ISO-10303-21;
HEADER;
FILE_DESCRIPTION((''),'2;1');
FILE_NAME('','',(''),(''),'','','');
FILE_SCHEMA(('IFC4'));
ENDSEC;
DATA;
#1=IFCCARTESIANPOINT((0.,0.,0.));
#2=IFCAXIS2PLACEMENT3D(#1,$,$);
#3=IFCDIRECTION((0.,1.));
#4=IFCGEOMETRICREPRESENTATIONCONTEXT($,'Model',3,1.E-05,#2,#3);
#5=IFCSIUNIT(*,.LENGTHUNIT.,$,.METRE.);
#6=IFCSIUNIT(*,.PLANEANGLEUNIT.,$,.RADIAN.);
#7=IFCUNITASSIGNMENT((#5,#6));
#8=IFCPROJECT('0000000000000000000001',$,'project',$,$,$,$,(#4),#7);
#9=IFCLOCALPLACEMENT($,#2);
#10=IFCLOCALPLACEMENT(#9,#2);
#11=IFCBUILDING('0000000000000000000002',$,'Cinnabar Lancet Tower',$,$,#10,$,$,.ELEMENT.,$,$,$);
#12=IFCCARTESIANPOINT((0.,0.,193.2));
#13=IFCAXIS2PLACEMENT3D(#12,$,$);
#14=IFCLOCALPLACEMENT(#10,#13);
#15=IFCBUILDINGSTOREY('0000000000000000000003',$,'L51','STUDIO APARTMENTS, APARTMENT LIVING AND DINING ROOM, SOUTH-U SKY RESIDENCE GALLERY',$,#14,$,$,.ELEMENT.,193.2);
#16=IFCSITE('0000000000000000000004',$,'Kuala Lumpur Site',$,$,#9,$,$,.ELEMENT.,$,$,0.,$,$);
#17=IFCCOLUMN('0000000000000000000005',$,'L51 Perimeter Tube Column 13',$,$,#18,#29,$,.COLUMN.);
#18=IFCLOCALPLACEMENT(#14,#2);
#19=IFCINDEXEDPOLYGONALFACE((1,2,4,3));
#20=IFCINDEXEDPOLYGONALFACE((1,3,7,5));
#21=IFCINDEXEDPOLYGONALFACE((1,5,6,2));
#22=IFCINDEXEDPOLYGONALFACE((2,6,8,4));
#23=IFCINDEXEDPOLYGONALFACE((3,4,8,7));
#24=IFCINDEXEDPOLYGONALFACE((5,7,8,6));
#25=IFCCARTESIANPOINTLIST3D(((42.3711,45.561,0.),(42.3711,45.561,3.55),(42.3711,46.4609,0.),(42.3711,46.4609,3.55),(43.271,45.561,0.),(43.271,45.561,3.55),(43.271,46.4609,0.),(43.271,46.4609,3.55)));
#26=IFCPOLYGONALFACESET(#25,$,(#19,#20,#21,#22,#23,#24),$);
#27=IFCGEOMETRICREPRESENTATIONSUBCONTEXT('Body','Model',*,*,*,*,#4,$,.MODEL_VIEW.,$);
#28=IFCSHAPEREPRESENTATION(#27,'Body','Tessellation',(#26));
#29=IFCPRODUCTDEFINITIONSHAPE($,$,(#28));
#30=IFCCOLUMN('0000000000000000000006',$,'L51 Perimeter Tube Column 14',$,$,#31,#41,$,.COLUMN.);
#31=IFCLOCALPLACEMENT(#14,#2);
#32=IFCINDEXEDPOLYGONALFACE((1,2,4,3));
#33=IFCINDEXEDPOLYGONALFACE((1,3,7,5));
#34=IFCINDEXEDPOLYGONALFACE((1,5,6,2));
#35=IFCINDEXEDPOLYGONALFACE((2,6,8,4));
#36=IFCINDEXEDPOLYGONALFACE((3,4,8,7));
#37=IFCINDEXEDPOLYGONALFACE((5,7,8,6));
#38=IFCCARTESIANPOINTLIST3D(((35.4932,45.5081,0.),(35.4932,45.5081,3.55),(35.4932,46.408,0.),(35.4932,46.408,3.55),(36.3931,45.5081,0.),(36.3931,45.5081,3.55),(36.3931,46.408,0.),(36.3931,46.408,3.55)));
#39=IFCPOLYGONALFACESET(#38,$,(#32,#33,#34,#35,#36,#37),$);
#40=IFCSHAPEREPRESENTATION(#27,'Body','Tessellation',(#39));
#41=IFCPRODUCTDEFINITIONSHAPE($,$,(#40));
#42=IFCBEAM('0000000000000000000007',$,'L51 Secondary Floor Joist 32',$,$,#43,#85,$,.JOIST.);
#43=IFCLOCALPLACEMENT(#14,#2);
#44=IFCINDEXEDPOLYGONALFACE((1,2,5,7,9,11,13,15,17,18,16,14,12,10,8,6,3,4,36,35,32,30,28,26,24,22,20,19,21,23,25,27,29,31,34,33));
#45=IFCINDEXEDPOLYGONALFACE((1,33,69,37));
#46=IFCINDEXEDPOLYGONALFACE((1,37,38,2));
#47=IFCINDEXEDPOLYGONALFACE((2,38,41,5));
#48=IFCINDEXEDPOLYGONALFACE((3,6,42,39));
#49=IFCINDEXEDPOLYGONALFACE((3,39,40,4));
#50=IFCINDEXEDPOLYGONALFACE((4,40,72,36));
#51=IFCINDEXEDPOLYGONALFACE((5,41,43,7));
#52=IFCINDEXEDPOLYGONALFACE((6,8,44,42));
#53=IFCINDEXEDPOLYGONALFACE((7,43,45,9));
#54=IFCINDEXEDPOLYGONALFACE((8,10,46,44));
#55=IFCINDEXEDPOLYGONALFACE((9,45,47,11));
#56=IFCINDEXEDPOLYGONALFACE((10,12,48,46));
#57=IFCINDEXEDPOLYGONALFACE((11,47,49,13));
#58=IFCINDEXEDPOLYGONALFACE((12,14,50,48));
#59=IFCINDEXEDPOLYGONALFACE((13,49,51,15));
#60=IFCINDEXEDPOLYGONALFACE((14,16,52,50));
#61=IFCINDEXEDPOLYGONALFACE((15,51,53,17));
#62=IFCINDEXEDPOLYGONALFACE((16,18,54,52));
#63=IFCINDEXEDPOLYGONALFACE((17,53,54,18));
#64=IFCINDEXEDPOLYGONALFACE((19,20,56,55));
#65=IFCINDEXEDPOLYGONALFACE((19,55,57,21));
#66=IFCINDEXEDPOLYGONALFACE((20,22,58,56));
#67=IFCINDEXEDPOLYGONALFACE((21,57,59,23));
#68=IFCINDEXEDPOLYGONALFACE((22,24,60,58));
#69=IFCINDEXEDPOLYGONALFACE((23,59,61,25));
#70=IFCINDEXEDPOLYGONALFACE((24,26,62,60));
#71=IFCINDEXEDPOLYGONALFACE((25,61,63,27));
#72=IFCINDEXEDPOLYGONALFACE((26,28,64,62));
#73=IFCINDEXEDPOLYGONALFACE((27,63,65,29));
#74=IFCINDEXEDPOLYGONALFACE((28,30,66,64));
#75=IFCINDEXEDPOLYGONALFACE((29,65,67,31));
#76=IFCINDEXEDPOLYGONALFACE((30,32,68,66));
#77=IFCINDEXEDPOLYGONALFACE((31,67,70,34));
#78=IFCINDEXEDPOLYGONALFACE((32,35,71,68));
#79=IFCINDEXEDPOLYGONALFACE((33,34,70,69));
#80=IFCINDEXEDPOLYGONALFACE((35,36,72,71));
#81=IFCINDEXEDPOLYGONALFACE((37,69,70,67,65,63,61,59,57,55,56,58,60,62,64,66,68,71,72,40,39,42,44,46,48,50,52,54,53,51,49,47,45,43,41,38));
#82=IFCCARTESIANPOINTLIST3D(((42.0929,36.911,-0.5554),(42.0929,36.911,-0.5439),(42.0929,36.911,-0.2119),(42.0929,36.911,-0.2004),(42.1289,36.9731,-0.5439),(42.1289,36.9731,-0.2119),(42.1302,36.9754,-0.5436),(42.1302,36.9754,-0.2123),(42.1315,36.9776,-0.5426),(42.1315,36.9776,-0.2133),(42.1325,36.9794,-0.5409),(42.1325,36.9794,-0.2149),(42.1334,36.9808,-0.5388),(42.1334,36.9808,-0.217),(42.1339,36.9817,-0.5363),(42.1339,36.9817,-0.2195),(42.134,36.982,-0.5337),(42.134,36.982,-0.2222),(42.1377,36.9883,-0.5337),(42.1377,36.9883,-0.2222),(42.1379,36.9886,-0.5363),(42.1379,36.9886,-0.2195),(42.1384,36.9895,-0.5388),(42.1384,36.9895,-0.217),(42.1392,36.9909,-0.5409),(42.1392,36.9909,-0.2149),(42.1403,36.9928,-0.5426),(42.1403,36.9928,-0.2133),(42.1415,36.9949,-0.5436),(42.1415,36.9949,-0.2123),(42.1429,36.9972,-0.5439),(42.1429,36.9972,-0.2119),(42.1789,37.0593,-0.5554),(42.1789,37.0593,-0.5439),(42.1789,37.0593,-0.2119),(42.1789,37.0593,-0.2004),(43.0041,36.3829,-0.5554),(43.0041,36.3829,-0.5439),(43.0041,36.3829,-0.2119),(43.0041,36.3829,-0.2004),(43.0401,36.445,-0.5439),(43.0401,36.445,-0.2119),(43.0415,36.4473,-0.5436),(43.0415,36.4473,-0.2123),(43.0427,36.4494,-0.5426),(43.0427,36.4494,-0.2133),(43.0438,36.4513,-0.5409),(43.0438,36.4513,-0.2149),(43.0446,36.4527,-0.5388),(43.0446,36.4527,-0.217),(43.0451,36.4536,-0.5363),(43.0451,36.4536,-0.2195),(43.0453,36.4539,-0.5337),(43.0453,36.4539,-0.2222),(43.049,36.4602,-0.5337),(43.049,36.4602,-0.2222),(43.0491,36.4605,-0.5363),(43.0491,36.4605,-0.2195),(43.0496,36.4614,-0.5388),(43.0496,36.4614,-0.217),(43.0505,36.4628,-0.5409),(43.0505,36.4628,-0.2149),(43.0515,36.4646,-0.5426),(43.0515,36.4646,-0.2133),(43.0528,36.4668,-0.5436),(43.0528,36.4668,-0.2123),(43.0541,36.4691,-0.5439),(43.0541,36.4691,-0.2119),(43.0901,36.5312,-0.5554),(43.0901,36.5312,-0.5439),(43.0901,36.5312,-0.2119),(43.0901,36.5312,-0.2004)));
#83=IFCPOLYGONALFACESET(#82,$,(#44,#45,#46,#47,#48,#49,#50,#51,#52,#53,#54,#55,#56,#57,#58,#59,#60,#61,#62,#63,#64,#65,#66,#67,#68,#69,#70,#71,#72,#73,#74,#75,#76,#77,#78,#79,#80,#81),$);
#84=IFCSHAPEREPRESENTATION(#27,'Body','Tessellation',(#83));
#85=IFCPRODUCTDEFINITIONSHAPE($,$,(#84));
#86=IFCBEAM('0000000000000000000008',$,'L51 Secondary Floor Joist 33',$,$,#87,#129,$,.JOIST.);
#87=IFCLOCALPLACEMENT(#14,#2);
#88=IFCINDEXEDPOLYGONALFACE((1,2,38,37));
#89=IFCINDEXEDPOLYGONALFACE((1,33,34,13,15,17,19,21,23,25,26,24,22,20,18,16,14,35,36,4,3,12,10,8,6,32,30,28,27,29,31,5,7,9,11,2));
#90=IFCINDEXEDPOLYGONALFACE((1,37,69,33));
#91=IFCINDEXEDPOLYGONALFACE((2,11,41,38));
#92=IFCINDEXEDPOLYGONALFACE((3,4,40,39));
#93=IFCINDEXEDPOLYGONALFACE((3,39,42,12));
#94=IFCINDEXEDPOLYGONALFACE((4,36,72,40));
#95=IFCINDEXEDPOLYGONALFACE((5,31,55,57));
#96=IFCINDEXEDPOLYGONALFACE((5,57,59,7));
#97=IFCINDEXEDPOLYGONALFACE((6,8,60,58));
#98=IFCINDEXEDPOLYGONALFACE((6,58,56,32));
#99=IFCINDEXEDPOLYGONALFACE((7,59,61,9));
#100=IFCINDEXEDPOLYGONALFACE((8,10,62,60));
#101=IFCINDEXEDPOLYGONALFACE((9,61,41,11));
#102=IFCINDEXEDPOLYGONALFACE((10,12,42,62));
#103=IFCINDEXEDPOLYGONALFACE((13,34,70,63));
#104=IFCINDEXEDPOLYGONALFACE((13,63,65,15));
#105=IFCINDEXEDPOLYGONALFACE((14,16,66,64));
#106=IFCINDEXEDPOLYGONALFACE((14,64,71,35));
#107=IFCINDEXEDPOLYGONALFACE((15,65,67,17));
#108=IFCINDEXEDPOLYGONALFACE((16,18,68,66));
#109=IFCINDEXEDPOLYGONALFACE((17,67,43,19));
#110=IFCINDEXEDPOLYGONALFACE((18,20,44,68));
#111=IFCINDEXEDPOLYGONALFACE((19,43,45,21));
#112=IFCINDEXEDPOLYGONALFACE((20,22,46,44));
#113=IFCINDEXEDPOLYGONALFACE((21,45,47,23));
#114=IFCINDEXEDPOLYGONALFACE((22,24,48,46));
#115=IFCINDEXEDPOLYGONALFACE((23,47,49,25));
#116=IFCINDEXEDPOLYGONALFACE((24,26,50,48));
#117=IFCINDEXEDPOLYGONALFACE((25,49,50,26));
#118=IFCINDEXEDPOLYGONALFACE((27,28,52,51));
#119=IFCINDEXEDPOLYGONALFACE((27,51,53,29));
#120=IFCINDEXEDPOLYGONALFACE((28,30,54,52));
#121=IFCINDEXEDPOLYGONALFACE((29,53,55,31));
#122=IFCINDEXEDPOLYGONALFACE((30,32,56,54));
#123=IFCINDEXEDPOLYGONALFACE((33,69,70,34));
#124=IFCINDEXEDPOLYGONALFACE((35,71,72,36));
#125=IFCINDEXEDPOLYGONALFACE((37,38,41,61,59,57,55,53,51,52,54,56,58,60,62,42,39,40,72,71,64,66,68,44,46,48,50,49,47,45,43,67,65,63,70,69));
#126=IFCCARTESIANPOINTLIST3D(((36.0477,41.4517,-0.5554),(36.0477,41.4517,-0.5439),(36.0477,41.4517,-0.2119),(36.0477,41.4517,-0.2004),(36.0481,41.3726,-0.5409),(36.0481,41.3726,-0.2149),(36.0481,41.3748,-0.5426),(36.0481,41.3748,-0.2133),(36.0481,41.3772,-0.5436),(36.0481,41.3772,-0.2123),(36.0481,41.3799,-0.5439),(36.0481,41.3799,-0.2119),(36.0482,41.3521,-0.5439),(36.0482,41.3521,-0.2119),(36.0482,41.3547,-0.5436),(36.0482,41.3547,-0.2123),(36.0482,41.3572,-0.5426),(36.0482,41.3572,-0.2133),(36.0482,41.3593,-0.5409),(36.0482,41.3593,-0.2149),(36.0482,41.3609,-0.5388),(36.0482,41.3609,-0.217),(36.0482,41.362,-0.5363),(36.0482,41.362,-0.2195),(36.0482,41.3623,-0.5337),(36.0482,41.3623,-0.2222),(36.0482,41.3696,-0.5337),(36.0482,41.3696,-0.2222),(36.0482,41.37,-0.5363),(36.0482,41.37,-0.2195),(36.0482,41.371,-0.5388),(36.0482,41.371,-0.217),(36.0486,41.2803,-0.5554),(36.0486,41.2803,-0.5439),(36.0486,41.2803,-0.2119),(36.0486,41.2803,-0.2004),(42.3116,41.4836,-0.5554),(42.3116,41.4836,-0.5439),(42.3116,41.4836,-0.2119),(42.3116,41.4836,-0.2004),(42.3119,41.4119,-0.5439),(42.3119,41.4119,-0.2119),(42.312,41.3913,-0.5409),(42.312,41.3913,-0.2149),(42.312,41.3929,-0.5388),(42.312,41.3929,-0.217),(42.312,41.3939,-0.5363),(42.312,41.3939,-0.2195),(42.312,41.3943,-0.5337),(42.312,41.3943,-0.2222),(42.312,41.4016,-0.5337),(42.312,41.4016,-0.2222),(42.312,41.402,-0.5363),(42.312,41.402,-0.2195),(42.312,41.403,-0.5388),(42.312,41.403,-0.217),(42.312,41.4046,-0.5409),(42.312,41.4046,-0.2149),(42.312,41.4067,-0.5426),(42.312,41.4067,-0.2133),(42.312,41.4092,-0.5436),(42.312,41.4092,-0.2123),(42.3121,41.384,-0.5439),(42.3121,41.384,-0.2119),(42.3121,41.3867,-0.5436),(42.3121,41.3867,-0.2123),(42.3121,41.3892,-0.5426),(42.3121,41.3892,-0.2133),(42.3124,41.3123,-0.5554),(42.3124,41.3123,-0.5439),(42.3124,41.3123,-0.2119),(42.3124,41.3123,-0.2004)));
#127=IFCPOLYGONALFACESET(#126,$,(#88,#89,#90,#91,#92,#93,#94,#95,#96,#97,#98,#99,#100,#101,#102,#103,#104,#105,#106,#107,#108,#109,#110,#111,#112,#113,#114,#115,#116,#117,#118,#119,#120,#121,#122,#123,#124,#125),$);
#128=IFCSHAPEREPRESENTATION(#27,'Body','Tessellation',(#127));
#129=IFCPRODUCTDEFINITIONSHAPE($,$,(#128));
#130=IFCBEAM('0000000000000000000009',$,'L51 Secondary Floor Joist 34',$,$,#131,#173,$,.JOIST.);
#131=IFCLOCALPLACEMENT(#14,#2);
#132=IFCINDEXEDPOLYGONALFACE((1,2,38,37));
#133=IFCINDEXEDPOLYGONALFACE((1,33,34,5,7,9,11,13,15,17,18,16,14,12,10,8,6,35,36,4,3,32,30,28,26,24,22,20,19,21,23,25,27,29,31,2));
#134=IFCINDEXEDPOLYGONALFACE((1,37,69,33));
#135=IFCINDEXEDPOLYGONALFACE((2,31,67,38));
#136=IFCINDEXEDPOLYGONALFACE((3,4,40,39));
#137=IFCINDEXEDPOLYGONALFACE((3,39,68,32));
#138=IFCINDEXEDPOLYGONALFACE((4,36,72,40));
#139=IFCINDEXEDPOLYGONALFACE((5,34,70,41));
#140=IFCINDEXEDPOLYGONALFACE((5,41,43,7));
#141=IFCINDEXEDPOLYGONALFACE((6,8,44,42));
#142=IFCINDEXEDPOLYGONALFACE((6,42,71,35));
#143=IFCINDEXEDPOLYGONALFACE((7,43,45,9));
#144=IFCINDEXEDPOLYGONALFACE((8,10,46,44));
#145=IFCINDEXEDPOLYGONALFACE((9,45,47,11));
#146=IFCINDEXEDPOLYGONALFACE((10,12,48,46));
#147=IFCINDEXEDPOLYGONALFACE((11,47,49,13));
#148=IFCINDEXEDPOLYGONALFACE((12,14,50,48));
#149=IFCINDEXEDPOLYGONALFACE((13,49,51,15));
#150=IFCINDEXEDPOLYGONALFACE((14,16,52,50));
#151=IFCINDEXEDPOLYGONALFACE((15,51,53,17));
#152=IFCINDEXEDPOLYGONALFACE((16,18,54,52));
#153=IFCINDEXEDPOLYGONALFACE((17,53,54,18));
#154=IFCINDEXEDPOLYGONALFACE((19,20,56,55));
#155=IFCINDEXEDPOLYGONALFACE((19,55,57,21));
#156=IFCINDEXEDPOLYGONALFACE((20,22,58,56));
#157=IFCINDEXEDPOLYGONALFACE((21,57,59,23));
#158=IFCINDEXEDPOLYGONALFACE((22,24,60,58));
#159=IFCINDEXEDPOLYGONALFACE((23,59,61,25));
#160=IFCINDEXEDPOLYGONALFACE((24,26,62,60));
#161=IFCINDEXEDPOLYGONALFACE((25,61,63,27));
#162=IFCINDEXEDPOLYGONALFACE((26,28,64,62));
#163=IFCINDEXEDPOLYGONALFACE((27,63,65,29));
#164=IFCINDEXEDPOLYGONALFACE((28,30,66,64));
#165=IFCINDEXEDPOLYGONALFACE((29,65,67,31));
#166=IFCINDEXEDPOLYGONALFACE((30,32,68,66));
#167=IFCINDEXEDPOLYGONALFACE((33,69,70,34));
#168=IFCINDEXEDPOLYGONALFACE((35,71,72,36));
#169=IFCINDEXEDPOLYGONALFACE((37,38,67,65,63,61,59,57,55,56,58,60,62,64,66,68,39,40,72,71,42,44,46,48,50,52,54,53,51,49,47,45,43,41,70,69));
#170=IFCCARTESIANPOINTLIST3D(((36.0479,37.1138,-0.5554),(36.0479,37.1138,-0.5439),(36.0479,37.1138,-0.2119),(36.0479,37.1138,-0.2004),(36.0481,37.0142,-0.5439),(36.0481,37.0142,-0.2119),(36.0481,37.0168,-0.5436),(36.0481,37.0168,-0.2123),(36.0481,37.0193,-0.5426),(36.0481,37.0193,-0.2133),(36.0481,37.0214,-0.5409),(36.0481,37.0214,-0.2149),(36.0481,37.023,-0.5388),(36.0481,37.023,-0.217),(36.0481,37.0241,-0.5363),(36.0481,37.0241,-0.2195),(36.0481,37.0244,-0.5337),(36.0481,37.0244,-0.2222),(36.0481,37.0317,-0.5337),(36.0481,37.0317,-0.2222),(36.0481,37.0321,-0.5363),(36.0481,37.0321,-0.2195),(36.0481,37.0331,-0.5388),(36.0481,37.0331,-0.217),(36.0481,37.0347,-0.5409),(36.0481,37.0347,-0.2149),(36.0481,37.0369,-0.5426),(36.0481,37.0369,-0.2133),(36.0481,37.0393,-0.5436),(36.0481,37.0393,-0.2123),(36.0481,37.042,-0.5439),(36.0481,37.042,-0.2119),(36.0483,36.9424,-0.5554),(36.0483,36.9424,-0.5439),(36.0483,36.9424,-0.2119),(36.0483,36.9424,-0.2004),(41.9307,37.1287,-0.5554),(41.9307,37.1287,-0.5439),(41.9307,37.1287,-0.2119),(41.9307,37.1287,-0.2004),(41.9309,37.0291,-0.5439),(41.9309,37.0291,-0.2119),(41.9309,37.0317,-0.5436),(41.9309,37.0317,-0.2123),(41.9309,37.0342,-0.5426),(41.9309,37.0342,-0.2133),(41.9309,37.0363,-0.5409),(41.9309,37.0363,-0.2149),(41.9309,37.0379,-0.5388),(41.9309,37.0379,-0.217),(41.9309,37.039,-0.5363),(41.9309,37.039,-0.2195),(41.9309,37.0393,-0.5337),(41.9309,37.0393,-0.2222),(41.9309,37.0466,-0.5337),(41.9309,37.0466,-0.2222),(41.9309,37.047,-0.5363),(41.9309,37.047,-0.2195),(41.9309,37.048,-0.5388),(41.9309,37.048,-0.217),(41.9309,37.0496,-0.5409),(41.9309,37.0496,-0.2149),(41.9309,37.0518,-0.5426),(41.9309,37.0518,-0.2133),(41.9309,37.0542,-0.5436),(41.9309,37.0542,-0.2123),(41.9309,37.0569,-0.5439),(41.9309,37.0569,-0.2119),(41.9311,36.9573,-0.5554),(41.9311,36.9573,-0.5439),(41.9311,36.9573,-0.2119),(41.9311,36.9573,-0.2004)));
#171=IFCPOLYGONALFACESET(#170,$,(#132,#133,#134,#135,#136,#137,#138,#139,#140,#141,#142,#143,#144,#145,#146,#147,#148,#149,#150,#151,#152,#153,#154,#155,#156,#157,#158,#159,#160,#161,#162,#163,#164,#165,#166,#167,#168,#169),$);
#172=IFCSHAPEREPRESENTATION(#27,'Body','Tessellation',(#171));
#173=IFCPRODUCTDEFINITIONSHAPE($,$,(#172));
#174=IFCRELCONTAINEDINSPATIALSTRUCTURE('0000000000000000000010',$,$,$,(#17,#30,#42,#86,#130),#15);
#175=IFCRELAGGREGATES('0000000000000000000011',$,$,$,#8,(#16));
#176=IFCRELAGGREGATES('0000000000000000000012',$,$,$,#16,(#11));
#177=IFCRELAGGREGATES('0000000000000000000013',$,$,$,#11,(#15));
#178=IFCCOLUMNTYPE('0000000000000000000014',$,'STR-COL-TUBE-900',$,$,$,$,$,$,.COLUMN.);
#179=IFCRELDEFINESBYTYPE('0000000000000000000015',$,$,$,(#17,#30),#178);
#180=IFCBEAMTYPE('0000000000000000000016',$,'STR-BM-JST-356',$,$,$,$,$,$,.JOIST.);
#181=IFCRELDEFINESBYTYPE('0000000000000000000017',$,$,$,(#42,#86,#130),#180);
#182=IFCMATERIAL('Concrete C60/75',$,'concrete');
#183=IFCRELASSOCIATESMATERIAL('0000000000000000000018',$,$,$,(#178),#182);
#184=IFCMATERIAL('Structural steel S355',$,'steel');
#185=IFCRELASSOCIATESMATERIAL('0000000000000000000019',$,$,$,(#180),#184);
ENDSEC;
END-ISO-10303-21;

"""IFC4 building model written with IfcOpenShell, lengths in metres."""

from ifc_helpers import new_model, si_unit, direction, frame, origin, origin_2d, place, context, subcontext, project, spatial, rectangle, i_section, extrude, material, material_profile, profile_set, type_object, element, save


model = new_model("IFC4")

# Units and contexts
model_context = context("Model", 3, precision=1e-05, world=origin(), true_north=direction((0.0, 1.0)))
body_context = subcontext(model_context, "Body", "Model", "MODEL_VIEW")
ifc_project = project(units=[si_unit("LENGTHUNIT", "METRE"), si_unit("PLANEANGLEUNIT", "RADIAN")], contexts=[model_context])

# Site, building, storey
site_placement = place(None, origin())
site = spatial("IfcSite", under=ifc_project, at=site_placement, Name="Kuala Lumpur Site", CompositionType="ELEMENT", RefElevation=0.0)
building_placement = place(site_placement, origin())
building = spatial("IfcBuilding", under=site, at=building_placement, Name="Cinnabar Lancet Tower", CompositionType="ELEMENT")
storey_placement = place(building_placement, frame((0.0, 0.0, 193.2)))
storey = spatial("IfcBuildingStorey", under=building, at=storey_placement, Name="L51", Description="STUDIO APARTMENTS, APARTMENT LIVING AND DINING ROOM, SOUTH-U SKY RESIDENCE GALLERY", CompositionType="ELEMENT", Elevation=193.2)

# Columns
ifc_material_1 = material(Name="Concrete C60/75", Category="concrete")
ifc_material_profile_1 = material_profile(ifc_material_1, rectangle(XDim=0.8999, YDim=0.8999, at=origin_2d()), Name="RC-COL 900x900")
ifc_profile_set_1 = profile_set([ifc_material_profile_1], Name="Concrete C60/75")
column_type = type_object("IfcColumnType", Name="STR-COL-TUBE-900", PredefinedType="COLUMN", material=ifc_profile_set_1)
for number, where, z_axis, x_axis, name in (
    (1, (42.821, 46.011, 0.0), (0.0, 0.0, 1.0), (1.0, 0.0, 0.0), "L51 Perimeter Tube Column 13"),
    (2, (35.9431, 45.958, 0.0), (0.0, 0.0, 1.0), (1.0, 0.0, 0.0), "L51 Perimeter Tube Column 14"),
):
    element("IfcColumn", number, at=place(storey_placement, frame(where, z_axis=z_axis, x_axis=x_axis)), inside=storey, type_object=column_type, Name=name, PredefinedType="COLUMN", context=body_context, shape_type="SweptSolid", body=[
        extrude(rectangle(XDim=0.8999, YDim=0.8999, at=origin_2d()), origin(), (0.0, 0.0, 1.0), 3.55),
    ])

# Beams
ifc_material_2 = material(Name="Structural steel S355", Category="steel")
ifc_material_profile_2 = material_profile(ifc_material_2, i_section(OverallWidth=0.1714, OverallDepth=0.355, WebThickness=0.0073, FlangeThickness=0.0115, FilletRadius=0.0103, at=origin_2d()), Name="UKB 356x171x51")
ifc_profile_set_2 = profile_set([ifc_material_profile_2], Name="Structural steel S355")
beam_type_1 = type_object("IfcBeamType", Name="STR-BM-JST-356", PredefinedType="JOIST", material=ifc_profile_set_2)
beam_1_placement = place(storey_placement, frame((43.0471, 36.457, -0.3779), z_axis=(-0.865188, 0.501447, 0.0), x_axis=(-0.501447, -0.865188, 0.0)))
element("IfcBeam", 3, at=beam_1_placement, inside=storey, type_object=beam_type_1, Name="L51 Secondary Floor Joist 32", PredefinedType="JOIST", context=body_context, shape_type="SweptSolid", body=[
    extrude(i_section(OverallWidth=0.1714, OverallDepth=0.355, WebThickness=0.0073, FlangeThickness=0.0115, FilletRadius=0.0103, at=origin_2d()), origin(), (0.0, 0.0, 1.0), 1.0532),
])
beam_2_placement = place(storey_placement, frame((42.312, 41.3979, -0.3779), z_axis=(-0.999987, -0.005106, 0.0), x_axis=(0.005106, -0.999987, 0.0)))
element("IfcBeam", 4, at=beam_2_placement, inside=storey, type_object=beam_type_1, Name="L51 Secondary Floor Joist 33", PredefinedType="JOIST", context=body_context, shape_type="SweptSolid", body=[
    extrude(i_section(OverallWidth=0.1714, OverallDepth=0.355, WebThickness=0.0073, FlangeThickness=0.0115, FilletRadius=0.0103, at=origin_2d()), origin(), (0.0, 0.0, 1.0), 6.2639),
])
beam_3_placement = place(storey_placement, frame((41.9309, 37.043, -0.3779), z_axis=(-0.999997, -0.002532, 0.0), x_axis=(0.002532, -0.999997, 0.0)))
element("IfcBeam", 5, at=beam_3_placement, inside=storey, type_object=beam_type_1, Name="L51 Secondary Floor Joist 34", PredefinedType="JOIST", context=body_context, shape_type="SweptSolid", body=[
    extrude(i_section(OverallWidth=0.1714, OverallDepth=0.355, WebThickness=0.0073, FlangeThickness=0.0115, FilletRadius=0.0103, at=origin_2d()), origin(), (0.0, 0.0, 1.0), 5.8828),
])

save(model, "model.ifc")
